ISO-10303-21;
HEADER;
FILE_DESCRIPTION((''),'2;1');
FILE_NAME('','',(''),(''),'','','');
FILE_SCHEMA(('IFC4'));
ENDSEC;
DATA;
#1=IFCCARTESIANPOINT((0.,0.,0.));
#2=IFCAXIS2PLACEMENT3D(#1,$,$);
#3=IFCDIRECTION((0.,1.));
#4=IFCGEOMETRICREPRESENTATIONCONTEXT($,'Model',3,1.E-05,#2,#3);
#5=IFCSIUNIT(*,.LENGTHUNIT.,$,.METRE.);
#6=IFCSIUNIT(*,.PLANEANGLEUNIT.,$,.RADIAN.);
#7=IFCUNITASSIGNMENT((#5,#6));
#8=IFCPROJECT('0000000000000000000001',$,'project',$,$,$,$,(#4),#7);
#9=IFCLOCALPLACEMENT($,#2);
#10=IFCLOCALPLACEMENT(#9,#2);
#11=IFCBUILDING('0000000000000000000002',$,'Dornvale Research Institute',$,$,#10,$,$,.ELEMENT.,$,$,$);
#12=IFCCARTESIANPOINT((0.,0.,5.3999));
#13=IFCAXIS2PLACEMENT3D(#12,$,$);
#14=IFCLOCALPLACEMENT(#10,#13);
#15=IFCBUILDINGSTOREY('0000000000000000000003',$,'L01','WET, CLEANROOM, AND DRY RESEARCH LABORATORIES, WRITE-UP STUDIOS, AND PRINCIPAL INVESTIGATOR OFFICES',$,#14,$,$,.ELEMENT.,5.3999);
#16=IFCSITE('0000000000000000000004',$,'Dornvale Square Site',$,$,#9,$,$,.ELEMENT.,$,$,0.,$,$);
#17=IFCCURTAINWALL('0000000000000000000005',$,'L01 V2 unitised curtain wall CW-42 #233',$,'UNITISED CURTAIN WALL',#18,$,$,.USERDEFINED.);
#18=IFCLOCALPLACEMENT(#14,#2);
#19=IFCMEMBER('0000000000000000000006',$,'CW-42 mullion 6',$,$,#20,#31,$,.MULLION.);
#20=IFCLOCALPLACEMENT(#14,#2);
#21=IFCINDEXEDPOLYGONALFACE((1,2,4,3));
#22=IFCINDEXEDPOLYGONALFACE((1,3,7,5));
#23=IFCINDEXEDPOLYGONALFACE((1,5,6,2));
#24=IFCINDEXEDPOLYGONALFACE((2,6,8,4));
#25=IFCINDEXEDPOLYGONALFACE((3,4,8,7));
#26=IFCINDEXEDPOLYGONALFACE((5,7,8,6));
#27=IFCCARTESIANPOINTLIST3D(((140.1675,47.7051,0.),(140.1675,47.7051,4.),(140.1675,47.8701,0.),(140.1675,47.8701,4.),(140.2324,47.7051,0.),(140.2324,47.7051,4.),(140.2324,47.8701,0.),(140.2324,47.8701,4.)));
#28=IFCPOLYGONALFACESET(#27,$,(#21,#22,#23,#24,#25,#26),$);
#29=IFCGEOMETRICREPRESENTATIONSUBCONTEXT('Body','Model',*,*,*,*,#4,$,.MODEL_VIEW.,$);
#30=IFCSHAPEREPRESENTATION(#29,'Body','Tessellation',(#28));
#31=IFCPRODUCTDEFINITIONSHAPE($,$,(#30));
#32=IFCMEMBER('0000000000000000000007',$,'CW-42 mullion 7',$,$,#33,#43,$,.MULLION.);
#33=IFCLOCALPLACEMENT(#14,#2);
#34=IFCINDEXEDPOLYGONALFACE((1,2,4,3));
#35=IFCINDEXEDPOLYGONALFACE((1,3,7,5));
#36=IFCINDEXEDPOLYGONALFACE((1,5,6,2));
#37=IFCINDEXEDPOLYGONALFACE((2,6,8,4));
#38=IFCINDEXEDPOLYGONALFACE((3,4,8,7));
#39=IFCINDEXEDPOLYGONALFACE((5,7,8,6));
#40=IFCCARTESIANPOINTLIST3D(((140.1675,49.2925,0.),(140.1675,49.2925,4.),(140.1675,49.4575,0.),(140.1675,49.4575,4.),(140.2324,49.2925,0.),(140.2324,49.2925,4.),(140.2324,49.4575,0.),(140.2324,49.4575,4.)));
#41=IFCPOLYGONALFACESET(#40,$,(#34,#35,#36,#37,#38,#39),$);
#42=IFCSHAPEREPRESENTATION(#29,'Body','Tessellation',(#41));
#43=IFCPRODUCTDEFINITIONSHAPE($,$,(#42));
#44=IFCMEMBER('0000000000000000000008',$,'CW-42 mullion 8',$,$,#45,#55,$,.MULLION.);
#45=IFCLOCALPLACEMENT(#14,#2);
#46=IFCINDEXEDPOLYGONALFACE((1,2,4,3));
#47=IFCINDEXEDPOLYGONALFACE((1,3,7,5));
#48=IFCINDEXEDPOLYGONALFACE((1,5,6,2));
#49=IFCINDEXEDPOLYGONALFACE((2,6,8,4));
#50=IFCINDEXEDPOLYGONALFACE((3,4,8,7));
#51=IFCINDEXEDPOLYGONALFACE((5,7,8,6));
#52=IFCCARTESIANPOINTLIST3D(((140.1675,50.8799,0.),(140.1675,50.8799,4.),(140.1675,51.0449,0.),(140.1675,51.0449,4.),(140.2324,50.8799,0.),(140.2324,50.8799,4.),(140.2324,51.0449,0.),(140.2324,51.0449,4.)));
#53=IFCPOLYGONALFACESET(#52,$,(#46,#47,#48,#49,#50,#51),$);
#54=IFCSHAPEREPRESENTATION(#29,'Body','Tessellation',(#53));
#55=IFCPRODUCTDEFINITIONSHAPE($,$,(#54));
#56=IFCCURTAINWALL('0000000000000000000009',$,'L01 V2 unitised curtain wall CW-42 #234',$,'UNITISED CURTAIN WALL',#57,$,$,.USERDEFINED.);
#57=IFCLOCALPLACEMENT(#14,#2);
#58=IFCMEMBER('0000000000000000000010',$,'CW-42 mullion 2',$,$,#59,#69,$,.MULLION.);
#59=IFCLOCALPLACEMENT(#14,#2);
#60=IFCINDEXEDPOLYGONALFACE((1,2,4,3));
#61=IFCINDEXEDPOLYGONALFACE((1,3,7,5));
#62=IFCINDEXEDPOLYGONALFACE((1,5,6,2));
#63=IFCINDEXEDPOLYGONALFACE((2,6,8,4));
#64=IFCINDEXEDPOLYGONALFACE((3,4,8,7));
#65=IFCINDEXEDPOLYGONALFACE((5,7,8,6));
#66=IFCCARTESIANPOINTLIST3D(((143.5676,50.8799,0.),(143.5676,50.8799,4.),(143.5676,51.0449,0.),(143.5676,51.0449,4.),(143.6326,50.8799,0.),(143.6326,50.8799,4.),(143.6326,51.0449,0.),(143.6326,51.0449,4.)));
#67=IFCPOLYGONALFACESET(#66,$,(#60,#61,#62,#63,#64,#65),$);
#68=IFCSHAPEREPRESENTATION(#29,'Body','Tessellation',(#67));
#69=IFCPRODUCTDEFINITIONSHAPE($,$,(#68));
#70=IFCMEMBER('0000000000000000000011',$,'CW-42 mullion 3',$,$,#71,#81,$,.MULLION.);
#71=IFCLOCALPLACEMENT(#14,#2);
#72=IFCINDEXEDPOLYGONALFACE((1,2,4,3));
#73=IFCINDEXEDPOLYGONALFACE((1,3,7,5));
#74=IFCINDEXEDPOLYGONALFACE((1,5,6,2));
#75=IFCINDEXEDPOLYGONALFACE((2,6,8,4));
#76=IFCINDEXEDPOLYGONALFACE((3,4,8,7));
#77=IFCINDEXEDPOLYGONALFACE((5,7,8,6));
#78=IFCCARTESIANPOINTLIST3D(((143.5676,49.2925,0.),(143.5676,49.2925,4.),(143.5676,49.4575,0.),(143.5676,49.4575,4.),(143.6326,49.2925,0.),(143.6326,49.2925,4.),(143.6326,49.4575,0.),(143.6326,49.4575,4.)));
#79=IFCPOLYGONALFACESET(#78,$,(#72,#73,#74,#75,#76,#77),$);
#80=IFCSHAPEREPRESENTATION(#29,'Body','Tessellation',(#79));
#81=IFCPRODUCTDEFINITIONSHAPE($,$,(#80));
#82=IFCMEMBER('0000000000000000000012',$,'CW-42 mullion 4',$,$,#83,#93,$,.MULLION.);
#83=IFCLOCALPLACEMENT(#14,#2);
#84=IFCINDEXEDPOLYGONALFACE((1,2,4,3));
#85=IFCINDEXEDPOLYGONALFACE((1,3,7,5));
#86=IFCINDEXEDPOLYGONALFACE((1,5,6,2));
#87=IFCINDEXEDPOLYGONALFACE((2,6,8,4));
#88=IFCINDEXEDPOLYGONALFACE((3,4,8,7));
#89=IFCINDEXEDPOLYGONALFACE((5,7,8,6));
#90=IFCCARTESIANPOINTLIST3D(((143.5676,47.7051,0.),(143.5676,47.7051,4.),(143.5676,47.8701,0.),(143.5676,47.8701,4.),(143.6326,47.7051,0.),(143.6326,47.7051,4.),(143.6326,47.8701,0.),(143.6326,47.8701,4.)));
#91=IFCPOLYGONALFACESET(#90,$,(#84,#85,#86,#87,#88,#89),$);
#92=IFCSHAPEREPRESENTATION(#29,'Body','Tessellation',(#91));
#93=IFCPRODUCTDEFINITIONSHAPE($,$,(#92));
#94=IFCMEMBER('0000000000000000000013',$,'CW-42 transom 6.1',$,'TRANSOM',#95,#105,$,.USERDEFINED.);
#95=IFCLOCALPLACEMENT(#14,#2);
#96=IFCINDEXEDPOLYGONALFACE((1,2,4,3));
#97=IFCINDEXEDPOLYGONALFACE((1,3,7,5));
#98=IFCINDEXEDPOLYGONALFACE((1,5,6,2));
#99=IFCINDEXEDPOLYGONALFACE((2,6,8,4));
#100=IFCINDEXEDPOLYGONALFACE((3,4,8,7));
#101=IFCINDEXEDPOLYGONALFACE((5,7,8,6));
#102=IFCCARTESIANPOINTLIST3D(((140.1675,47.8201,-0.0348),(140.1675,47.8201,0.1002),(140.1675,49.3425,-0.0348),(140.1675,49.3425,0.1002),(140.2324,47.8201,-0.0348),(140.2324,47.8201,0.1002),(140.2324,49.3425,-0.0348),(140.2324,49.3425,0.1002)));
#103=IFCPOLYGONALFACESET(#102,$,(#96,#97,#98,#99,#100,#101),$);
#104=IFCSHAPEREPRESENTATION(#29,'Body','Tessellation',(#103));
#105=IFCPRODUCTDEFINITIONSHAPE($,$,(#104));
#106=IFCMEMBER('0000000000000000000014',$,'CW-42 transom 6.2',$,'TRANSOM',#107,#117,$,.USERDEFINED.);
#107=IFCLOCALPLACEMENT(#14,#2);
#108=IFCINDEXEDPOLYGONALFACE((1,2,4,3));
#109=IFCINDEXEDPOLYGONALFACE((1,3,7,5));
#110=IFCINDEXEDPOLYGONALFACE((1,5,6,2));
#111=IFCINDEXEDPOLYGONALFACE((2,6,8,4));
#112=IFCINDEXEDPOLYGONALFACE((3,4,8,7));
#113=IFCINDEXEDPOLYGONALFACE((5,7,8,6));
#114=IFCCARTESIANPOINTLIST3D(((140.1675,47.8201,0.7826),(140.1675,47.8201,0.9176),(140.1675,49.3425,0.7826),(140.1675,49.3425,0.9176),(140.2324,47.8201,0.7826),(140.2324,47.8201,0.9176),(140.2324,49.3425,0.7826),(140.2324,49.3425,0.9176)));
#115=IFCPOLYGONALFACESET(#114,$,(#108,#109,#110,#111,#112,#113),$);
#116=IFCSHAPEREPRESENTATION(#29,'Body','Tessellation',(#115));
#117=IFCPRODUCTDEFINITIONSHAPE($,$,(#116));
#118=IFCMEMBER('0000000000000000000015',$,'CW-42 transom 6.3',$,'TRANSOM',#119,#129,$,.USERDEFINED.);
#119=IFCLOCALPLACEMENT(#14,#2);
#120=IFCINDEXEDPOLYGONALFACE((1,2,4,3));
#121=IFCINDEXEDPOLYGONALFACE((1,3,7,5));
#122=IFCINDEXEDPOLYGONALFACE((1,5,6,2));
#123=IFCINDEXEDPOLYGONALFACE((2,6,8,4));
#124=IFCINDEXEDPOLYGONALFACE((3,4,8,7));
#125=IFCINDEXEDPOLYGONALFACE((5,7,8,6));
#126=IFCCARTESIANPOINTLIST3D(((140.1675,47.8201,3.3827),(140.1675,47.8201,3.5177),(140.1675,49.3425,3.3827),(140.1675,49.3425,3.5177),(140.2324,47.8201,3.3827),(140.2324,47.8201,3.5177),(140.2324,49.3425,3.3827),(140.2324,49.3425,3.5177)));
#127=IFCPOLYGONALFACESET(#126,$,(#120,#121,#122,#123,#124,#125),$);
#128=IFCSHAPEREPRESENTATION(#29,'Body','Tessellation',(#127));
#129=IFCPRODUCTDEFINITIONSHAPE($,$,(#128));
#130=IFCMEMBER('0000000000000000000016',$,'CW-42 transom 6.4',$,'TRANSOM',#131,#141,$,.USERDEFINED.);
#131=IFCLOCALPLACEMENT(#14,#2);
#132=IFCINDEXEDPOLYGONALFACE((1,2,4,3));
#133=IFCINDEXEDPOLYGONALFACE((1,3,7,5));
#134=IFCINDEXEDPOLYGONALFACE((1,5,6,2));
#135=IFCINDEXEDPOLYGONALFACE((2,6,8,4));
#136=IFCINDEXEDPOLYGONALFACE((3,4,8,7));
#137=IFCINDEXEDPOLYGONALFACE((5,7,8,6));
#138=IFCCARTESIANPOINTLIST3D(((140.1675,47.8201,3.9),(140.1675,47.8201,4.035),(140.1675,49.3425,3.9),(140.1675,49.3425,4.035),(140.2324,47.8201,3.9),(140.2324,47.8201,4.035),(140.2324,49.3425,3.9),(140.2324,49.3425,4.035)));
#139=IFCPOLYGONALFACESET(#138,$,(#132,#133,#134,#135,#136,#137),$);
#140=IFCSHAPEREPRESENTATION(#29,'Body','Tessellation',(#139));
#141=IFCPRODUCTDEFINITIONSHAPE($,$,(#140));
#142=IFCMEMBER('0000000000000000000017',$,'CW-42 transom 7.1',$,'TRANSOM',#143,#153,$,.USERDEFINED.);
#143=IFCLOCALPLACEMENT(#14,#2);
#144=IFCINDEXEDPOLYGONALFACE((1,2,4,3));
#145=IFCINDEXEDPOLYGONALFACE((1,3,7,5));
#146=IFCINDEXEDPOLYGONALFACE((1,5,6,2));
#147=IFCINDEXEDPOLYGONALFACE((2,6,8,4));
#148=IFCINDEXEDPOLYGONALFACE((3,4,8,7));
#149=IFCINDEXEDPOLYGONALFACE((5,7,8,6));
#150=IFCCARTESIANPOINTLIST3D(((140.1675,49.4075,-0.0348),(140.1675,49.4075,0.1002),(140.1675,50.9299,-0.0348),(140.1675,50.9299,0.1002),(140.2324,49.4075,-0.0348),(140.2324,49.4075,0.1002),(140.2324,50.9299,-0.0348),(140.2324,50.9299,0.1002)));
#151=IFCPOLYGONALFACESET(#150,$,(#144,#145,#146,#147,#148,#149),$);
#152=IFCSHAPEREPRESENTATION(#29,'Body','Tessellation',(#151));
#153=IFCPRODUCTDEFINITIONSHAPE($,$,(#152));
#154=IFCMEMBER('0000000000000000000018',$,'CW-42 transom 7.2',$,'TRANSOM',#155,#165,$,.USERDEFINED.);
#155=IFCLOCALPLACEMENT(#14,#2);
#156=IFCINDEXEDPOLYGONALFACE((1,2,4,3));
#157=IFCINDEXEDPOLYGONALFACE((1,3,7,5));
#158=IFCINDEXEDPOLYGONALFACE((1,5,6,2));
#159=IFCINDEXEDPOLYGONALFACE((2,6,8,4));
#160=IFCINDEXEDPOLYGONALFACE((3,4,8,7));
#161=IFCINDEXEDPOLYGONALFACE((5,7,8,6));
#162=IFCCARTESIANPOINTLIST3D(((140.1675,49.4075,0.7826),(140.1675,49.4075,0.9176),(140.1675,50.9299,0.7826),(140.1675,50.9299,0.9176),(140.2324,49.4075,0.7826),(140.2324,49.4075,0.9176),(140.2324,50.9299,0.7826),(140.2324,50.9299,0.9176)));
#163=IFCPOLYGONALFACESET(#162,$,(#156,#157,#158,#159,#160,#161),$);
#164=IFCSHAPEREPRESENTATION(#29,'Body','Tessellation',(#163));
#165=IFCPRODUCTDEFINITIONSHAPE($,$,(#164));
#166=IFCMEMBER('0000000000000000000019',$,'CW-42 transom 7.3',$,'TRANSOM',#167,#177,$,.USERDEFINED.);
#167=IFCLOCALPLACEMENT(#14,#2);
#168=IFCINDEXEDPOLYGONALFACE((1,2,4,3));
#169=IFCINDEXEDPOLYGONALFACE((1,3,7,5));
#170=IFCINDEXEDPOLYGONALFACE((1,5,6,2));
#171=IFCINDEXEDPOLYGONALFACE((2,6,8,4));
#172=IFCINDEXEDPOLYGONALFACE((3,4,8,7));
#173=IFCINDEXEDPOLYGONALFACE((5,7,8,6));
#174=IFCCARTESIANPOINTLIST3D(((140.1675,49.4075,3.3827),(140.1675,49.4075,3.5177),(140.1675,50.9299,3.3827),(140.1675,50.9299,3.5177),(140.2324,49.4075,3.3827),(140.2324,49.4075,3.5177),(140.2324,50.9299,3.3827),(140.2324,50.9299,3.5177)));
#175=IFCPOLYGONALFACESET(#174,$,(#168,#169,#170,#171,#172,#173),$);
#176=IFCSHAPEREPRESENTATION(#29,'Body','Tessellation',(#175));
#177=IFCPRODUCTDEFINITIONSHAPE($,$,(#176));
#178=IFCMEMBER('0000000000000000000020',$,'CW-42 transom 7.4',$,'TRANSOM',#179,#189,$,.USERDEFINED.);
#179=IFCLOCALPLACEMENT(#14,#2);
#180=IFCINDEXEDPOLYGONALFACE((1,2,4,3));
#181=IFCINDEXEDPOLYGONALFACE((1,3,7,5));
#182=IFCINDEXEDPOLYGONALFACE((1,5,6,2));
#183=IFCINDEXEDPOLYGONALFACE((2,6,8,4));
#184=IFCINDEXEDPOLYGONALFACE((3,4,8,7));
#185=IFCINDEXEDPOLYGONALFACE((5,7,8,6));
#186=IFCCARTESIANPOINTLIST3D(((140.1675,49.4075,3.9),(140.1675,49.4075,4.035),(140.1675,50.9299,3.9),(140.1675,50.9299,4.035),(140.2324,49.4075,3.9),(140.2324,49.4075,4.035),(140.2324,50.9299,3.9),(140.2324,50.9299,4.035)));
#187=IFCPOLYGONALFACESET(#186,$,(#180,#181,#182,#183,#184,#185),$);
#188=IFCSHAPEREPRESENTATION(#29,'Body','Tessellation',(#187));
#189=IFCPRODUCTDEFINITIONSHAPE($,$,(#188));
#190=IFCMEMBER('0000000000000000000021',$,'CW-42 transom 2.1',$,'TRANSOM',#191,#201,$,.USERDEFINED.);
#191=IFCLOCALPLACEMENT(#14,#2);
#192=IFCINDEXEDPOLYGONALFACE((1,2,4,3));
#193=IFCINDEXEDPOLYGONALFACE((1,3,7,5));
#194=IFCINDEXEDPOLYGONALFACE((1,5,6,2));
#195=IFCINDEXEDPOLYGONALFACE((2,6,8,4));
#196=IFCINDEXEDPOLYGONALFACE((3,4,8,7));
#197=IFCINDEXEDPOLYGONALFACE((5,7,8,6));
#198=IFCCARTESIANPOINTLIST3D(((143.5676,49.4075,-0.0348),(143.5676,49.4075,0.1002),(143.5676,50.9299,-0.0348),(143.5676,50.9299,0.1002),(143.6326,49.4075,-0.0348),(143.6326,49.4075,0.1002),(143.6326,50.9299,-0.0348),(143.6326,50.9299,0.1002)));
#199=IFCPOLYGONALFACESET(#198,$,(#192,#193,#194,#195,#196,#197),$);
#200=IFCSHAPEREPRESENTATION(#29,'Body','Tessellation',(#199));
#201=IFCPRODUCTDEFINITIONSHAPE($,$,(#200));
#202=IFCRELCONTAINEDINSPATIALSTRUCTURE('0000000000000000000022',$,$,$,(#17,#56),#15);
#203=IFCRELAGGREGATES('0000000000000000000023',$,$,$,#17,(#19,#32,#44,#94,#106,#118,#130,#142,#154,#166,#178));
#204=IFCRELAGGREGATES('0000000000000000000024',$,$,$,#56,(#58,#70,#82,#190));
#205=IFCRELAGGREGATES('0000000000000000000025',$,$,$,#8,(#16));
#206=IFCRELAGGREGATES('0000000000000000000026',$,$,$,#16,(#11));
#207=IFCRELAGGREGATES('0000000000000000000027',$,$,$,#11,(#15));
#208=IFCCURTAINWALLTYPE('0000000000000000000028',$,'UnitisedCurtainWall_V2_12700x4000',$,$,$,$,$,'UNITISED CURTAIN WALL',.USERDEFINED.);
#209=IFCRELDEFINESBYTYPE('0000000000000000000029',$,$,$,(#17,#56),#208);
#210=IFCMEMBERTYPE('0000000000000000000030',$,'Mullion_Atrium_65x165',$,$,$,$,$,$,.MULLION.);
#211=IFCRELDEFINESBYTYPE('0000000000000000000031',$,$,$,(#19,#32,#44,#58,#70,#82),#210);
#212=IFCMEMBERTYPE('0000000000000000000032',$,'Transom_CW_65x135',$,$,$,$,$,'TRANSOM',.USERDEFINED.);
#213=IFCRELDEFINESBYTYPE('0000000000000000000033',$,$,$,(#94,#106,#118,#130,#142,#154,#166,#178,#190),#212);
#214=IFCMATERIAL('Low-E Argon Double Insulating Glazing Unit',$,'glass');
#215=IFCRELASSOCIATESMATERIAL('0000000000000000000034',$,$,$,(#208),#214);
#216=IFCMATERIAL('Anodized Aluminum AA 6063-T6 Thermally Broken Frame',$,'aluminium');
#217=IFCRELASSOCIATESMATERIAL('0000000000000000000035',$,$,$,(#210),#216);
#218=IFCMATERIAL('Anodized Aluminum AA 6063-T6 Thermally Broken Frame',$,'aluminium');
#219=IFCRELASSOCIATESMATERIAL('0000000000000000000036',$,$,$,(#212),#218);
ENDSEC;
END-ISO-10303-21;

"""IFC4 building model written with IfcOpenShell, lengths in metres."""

from ifc_helpers import new_model, si_unit, direction, frame, origin, origin_2d, place, context, subcontext, project, spatial, rectangle, extrude, material, material_profile, profile_set, type_object, element, aggregate, save


model = new_model("IFC4")

# Units and contexts
model_context = context("Model", 3, precision=1e-05, world=origin(), true_north=direction((0.0, 1.0)))
body_context = subcontext(model_context, "Body", "Model", "MODEL_VIEW")
ifc_project = project(units=[si_unit("LENGTHUNIT", "METRE"), si_unit("PLANEANGLEUNIT", "RADIAN")], contexts=[model_context])

# Site, building, storey
site_placement = place(None, origin())
site = spatial("IfcSite", under=ifc_project, at=site_placement, Name="Dornvale Square Site", CompositionType="ELEMENT", RefElevation=0.0)
building_placement = place(site_placement, origin())
building = spatial("IfcBuilding", under=site, at=building_placement, Name="Dornvale Research Institute", CompositionType="ELEMENT")
storey_placement = place(building_placement, frame((0.0, 0.0, 5.3999)))
storey = spatial("IfcBuildingStorey", under=building, at=storey_placement, Name="L01", Description="WET, CLEANROOM, AND DRY RESEARCH LABORATORIES, WRITE-UP STUDIOS, AND PRINCIPAL INVESTIGATOR OFFICES", CompositionType="ELEMENT", Elevation=5.3999)

# Curtain walls, members
ifc_material_1 = material(Name="Low-E Argon Double Insulating Glazing Unit", Category="glass")
curtain_wall_type = type_object("IfcCurtainWallType", Name="UnitisedCurtainWall_V2_12700x4000", ElementType="UNITISED CURTAIN WALL", PredefinedType="USERDEFINED", material=ifc_material_1)
curtain_wall_1_placement = place(storey_placement, origin())
curtain_wall_1 = element("IfcCurtainWall", 1, at=curtain_wall_1_placement, inside=storey, type_object=curtain_wall_type, Name="L01 V2 unitised curtain wall CW-42 #233", ObjectType="UNITISED CURTAIN WALL", PredefinedType="USERDEFINED")
ifc_material_2 = material(Name="Anodized Aluminum AA 6063-T6 Thermally Broken Frame", Category="aluminium")
ifc_material_profile_1 = material_profile(ifc_material_2, rectangle(XDim=0.0649, YDim=0.165, at=origin_2d()), Name="ALU MULLION 65x165")
ifc_profile_set_1 = profile_set([ifc_material_profile_1], Name="Anodized Aluminum AA 6063-T6 Thermally Broken Frame")
member_type_1 = type_object("IfcMemberType", Name="Mullion_Atrium_65x165", PredefinedType="MULLION", material=ifc_profile_set_1)
member_1_placement = place(storey_placement, frame((140.2, 47.7876, 0.0), z_axis=(0.0, 0.0, 1.0), x_axis=(-1.0, 0.0, 0.0)))
member_1 = element("IfcMember", 2, at=member_1_placement, type_object=member_type_1, Name="CW-42 mullion 6", PredefinedType="MULLION", context=body_context, shape_type="SweptSolid", body=[
    extrude(rectangle(XDim=0.0649, YDim=0.165, at=origin_2d()), origin(), (0.0, 0.0, 1.0), 4.0),
])
member_2_placement = place(storey_placement, frame((140.2, 49.375, 0.0), z_axis=(0.0, 0.0, 1.0), x_axis=(-1.0, 0.0, 0.0)))
member_2 = element("IfcMember", 3, at=member_2_placement, type_object=member_type_1, Name="CW-42 mullion 7", PredefinedType="MULLION", context=body_context, shape_type="SweptSolid", body=[
    extrude(rectangle(XDim=0.0649, YDim=0.165, at=origin_2d()), origin(), (0.0, 0.0, 1.0), 4.0),
])
member_3_placement = place(storey_placement, frame((140.2, 50.9624, 0.0), z_axis=(0.0, 0.0, 1.0), x_axis=(-1.0, 0.0, 0.0)))
member_3 = element("IfcMember", 4, at=member_3_placement, type_object=member_type_1, Name="CW-42 mullion 8", PredefinedType="MULLION", context=body_context, shape_type="SweptSolid", body=[
    extrude(rectangle(XDim=0.0649, YDim=0.165, at=origin_2d()), origin(), (0.0, 0.0, 1.0), 4.0),
])
curtain_wall_2_placement = place(storey_placement, origin())
curtain_wall_2 = element("IfcCurtainWall", 5, at=curtain_wall_2_placement, inside=storey, type_object=curtain_wall_type, Name="L01 V2 unitised curtain wall CW-42 #234", ObjectType="UNITISED CURTAIN WALL", PredefinedType="USERDEFINED")
member_4_placement = place(storey_placement, frame((143.6001, 50.9624, 0.0), z_axis=(0.0, 0.0, 1.0), x_axis=(1.0, 0.0, 0.0)))
member_4 = element("IfcMember", 6, at=member_4_placement, type_object=member_type_1, Name="CW-42 mullion 2", PredefinedType="MULLION", context=body_context, shape_type="SweptSolid", body=[
    extrude(rectangle(XDim=0.0649, YDim=0.165, at=origin_2d()), origin(), (0.0, 0.0, 1.0), 4.0),
])
member_5_placement = place(storey_placement, frame((143.6001, 49.375, 0.0), z_axis=(0.0, 0.0, 1.0), x_axis=(1.0, 0.0, 0.0)))
member_5 = element("IfcMember", 7, at=member_5_placement, type_object=member_type_1, Name="CW-42 mullion 3", PredefinedType="MULLION", context=body_context, shape_type="SweptSolid", body=[
    extrude(rectangle(XDim=0.0649, YDim=0.165, at=origin_2d()), origin(), (0.0, 0.0, 1.0), 4.0),
])
member_6_placement = place(storey_placement, frame((143.6001, 47.7876, 0.0), z_axis=(0.0, 0.0, 1.0), x_axis=(1.0, 0.0, 0.0)))
member_6 = element("IfcMember", 8, at=member_6_placement, type_object=member_type_1, Name="CW-42 mullion 4", PredefinedType="MULLION", context=body_context, shape_type="SweptSolid", body=[
    extrude(rectangle(XDim=0.0649, YDim=0.165, at=origin_2d()), origin(), (0.0, 0.0, 1.0), 4.0),
])

# Members
ifc_material_3 = material(Name="Anodized Aluminum AA 6063-T6 Thermally Broken Frame", Category="aluminium")
ifc_material_profile_2 = material_profile(ifc_material_3, rectangle(XDim=0.0649, YDim=0.135, at=origin_2d()), Name="ALU TRANSOM 65x135")
ifc_profile_set_2 = profile_set([ifc_material_profile_2], Name="Anodized Aluminum AA 6063-T6 Thermally Broken Frame")
member_type_2 = type_object("IfcMemberType", Name="Transom_CW_65x135", ElementType="TRANSOM", PredefinedType="USERDEFINED", material=ifc_profile_set_2)
member_7_placement = place(storey_placement, frame((140.2, 47.8201, 0.0327), z_axis=(0.0, 1.0, 0.0), x_axis=(-1.0, 0.0, 0.0)))
member_7 = element("IfcMember", 9, at=member_7_placement, type_object=member_type_2, Name="CW-42 transom 6.1", ObjectType="TRANSOM", PredefinedType="USERDEFINED", context=body_context, shape_type="SweptSolid", body=[
    extrude(rectangle(XDim=0.0649, YDim=0.135, at=origin_2d()), origin(), (0.0, 0.0, 1.0), 1.5225),
])
member_8_placement = place(storey_placement, frame((140.2, 47.8201, 0.8501), z_axis=(0.0, 1.0, 0.0), x_axis=(-1.0, 0.0, 0.0)))
member_8 = element("IfcMember", 10, at=member_8_placement, type_object=member_type_2, Name="CW-42 transom 6.2", ObjectType="TRANSOM", PredefinedType="USERDEFINED", context=body_context, shape_type="SweptSolid", body=[
    extrude(rectangle(XDim=0.0649, YDim=0.135, at=origin_2d()), origin(), (0.0, 0.0, 1.0), 1.5225),
])
member_9_placement = place(storey_placement, frame((140.2, 47.8201, 3.4502), z_axis=(0.0, 1.0, 0.0), x_axis=(-1.0, 0.0, 0.0)))
member_9 = element("IfcMember", 11, at=member_9_placement, type_object=member_type_2, Name="CW-42 transom 6.3", ObjectType="TRANSOM", PredefinedType="USERDEFINED", context=body_context, shape_type="SweptSolid", body=[
    extrude(rectangle(XDim=0.0649, YDim=0.135, at=origin_2d()), origin(), (0.0, 0.0, 1.0), 1.5225),
])
member_10_placement = place(storey_placement, frame((140.2, 47.8201, 3.9675), z_axis=(0.0, 1.0, 0.0), x_axis=(-1.0, 0.0, 0.0)))
member_10 = element("IfcMember", 12, at=member_10_placement, type_object=member_type_2, Name="CW-42 transom 6.4", ObjectType="TRANSOM", PredefinedType="USERDEFINED", context=body_context, shape_type="SweptSolid", body=[
    extrude(rectangle(XDim=0.0649, YDim=0.135, at=origin_2d()), origin(), (0.0, 0.0, 1.0), 1.5225),
])
member_11_placement = place(storey_placement, frame((140.2, 49.4075, 0.0327), z_axis=(0.0, 1.0, 0.0), x_axis=(-1.0, 0.0, 0.0)))
member_11 = element("IfcMember", 13, at=member_11_placement, type_object=member_type_2, Name="CW-42 transom 7.1", ObjectType="TRANSOM", PredefinedType="USERDEFINED", context=body_context, shape_type="SweptSolid", body=[
    extrude(rectangle(XDim=0.0649, YDim=0.135, at=origin_2d()), origin(), (0.0, 0.0, 1.0), 1.5225),
])
member_12_placement = place(storey_placement, frame((140.2, 49.4075, 0.8501), z_axis=(0.0, 1.0, 0.0), x_axis=(-1.0, 0.0, 0.0)))
member_12 = element("IfcMember", 14, at=member_12_placement, type_object=member_type_2, Name="CW-42 transom 7.2", ObjectType="TRANSOM", PredefinedType="USERDEFINED", context=body_context, shape_type="SweptSolid", body=[
    extrude(rectangle(XDim=0.0649, YDim=0.135, at=origin_2d()), origin(), (0.0, 0.0, 1.0), 1.5225),
])
member_13_placement = place(storey_placement, frame((140.2, 49.4075, 3.4502), z_axis=(0.0, 1.0, 0.0), x_axis=(-1.0, 0.0, 0.0)))
member_13 = element("IfcMember", 15, at=member_13_placement, type_object=member_type_2, Name="CW-42 transom 7.3", ObjectType="TRANSOM", PredefinedType="USERDEFINED", context=body_context, shape_type="SweptSolid", body=[
    extrude(rectangle(XDim=0.0649, YDim=0.135, at=origin_2d()), origin(), (0.0, 0.0, 1.0), 1.5225),
])
member_14_placement = place(storey_placement, frame((140.2, 49.4075, 3.9675), z_axis=(0.0, 1.0, 0.0), x_axis=(-1.0, 0.0, 0.0)))
member_14 = element("IfcMember", 16, at=member_14_placement, type_object=member_type_2, Name="CW-42 transom 7.4", ObjectType="TRANSOM", PredefinedType="USERDEFINED", context=body_context, shape_type="SweptSolid", body=[
    extrude(rectangle(XDim=0.0649, YDim=0.135, at=origin_2d()), origin(), (0.0, 0.0, 1.0), 1.5225),
])
member_15_placement = place(storey_placement, frame((143.6001, 50.9299, 0.0327), z_axis=(0.0, -1.0, 0.0), x_axis=(1.0, 0.0, 0.0)))
member_15 = element("IfcMember", 17, at=member_15_placement, type_object=member_type_2, Name="CW-42 transom 2.1", ObjectType="TRANSOM", PredefinedType="USERDEFINED", context=body_context, shape_type="SweptSolid", body=[
    extrude(rectangle(XDim=0.0649, YDim=0.135, at=origin_2d()), origin(), (0.0, 0.0, 1.0), 1.5225),
])

aggregate(curtain_wall_1, [member_1, member_2, member_3, member_7, member_8, member_9, member_10, member_11, member_12, member_13, member_14])
aggregate(curtain_wall_2, [member_4, member_5, member_6, member_15])

save(model, "model.ifc")
